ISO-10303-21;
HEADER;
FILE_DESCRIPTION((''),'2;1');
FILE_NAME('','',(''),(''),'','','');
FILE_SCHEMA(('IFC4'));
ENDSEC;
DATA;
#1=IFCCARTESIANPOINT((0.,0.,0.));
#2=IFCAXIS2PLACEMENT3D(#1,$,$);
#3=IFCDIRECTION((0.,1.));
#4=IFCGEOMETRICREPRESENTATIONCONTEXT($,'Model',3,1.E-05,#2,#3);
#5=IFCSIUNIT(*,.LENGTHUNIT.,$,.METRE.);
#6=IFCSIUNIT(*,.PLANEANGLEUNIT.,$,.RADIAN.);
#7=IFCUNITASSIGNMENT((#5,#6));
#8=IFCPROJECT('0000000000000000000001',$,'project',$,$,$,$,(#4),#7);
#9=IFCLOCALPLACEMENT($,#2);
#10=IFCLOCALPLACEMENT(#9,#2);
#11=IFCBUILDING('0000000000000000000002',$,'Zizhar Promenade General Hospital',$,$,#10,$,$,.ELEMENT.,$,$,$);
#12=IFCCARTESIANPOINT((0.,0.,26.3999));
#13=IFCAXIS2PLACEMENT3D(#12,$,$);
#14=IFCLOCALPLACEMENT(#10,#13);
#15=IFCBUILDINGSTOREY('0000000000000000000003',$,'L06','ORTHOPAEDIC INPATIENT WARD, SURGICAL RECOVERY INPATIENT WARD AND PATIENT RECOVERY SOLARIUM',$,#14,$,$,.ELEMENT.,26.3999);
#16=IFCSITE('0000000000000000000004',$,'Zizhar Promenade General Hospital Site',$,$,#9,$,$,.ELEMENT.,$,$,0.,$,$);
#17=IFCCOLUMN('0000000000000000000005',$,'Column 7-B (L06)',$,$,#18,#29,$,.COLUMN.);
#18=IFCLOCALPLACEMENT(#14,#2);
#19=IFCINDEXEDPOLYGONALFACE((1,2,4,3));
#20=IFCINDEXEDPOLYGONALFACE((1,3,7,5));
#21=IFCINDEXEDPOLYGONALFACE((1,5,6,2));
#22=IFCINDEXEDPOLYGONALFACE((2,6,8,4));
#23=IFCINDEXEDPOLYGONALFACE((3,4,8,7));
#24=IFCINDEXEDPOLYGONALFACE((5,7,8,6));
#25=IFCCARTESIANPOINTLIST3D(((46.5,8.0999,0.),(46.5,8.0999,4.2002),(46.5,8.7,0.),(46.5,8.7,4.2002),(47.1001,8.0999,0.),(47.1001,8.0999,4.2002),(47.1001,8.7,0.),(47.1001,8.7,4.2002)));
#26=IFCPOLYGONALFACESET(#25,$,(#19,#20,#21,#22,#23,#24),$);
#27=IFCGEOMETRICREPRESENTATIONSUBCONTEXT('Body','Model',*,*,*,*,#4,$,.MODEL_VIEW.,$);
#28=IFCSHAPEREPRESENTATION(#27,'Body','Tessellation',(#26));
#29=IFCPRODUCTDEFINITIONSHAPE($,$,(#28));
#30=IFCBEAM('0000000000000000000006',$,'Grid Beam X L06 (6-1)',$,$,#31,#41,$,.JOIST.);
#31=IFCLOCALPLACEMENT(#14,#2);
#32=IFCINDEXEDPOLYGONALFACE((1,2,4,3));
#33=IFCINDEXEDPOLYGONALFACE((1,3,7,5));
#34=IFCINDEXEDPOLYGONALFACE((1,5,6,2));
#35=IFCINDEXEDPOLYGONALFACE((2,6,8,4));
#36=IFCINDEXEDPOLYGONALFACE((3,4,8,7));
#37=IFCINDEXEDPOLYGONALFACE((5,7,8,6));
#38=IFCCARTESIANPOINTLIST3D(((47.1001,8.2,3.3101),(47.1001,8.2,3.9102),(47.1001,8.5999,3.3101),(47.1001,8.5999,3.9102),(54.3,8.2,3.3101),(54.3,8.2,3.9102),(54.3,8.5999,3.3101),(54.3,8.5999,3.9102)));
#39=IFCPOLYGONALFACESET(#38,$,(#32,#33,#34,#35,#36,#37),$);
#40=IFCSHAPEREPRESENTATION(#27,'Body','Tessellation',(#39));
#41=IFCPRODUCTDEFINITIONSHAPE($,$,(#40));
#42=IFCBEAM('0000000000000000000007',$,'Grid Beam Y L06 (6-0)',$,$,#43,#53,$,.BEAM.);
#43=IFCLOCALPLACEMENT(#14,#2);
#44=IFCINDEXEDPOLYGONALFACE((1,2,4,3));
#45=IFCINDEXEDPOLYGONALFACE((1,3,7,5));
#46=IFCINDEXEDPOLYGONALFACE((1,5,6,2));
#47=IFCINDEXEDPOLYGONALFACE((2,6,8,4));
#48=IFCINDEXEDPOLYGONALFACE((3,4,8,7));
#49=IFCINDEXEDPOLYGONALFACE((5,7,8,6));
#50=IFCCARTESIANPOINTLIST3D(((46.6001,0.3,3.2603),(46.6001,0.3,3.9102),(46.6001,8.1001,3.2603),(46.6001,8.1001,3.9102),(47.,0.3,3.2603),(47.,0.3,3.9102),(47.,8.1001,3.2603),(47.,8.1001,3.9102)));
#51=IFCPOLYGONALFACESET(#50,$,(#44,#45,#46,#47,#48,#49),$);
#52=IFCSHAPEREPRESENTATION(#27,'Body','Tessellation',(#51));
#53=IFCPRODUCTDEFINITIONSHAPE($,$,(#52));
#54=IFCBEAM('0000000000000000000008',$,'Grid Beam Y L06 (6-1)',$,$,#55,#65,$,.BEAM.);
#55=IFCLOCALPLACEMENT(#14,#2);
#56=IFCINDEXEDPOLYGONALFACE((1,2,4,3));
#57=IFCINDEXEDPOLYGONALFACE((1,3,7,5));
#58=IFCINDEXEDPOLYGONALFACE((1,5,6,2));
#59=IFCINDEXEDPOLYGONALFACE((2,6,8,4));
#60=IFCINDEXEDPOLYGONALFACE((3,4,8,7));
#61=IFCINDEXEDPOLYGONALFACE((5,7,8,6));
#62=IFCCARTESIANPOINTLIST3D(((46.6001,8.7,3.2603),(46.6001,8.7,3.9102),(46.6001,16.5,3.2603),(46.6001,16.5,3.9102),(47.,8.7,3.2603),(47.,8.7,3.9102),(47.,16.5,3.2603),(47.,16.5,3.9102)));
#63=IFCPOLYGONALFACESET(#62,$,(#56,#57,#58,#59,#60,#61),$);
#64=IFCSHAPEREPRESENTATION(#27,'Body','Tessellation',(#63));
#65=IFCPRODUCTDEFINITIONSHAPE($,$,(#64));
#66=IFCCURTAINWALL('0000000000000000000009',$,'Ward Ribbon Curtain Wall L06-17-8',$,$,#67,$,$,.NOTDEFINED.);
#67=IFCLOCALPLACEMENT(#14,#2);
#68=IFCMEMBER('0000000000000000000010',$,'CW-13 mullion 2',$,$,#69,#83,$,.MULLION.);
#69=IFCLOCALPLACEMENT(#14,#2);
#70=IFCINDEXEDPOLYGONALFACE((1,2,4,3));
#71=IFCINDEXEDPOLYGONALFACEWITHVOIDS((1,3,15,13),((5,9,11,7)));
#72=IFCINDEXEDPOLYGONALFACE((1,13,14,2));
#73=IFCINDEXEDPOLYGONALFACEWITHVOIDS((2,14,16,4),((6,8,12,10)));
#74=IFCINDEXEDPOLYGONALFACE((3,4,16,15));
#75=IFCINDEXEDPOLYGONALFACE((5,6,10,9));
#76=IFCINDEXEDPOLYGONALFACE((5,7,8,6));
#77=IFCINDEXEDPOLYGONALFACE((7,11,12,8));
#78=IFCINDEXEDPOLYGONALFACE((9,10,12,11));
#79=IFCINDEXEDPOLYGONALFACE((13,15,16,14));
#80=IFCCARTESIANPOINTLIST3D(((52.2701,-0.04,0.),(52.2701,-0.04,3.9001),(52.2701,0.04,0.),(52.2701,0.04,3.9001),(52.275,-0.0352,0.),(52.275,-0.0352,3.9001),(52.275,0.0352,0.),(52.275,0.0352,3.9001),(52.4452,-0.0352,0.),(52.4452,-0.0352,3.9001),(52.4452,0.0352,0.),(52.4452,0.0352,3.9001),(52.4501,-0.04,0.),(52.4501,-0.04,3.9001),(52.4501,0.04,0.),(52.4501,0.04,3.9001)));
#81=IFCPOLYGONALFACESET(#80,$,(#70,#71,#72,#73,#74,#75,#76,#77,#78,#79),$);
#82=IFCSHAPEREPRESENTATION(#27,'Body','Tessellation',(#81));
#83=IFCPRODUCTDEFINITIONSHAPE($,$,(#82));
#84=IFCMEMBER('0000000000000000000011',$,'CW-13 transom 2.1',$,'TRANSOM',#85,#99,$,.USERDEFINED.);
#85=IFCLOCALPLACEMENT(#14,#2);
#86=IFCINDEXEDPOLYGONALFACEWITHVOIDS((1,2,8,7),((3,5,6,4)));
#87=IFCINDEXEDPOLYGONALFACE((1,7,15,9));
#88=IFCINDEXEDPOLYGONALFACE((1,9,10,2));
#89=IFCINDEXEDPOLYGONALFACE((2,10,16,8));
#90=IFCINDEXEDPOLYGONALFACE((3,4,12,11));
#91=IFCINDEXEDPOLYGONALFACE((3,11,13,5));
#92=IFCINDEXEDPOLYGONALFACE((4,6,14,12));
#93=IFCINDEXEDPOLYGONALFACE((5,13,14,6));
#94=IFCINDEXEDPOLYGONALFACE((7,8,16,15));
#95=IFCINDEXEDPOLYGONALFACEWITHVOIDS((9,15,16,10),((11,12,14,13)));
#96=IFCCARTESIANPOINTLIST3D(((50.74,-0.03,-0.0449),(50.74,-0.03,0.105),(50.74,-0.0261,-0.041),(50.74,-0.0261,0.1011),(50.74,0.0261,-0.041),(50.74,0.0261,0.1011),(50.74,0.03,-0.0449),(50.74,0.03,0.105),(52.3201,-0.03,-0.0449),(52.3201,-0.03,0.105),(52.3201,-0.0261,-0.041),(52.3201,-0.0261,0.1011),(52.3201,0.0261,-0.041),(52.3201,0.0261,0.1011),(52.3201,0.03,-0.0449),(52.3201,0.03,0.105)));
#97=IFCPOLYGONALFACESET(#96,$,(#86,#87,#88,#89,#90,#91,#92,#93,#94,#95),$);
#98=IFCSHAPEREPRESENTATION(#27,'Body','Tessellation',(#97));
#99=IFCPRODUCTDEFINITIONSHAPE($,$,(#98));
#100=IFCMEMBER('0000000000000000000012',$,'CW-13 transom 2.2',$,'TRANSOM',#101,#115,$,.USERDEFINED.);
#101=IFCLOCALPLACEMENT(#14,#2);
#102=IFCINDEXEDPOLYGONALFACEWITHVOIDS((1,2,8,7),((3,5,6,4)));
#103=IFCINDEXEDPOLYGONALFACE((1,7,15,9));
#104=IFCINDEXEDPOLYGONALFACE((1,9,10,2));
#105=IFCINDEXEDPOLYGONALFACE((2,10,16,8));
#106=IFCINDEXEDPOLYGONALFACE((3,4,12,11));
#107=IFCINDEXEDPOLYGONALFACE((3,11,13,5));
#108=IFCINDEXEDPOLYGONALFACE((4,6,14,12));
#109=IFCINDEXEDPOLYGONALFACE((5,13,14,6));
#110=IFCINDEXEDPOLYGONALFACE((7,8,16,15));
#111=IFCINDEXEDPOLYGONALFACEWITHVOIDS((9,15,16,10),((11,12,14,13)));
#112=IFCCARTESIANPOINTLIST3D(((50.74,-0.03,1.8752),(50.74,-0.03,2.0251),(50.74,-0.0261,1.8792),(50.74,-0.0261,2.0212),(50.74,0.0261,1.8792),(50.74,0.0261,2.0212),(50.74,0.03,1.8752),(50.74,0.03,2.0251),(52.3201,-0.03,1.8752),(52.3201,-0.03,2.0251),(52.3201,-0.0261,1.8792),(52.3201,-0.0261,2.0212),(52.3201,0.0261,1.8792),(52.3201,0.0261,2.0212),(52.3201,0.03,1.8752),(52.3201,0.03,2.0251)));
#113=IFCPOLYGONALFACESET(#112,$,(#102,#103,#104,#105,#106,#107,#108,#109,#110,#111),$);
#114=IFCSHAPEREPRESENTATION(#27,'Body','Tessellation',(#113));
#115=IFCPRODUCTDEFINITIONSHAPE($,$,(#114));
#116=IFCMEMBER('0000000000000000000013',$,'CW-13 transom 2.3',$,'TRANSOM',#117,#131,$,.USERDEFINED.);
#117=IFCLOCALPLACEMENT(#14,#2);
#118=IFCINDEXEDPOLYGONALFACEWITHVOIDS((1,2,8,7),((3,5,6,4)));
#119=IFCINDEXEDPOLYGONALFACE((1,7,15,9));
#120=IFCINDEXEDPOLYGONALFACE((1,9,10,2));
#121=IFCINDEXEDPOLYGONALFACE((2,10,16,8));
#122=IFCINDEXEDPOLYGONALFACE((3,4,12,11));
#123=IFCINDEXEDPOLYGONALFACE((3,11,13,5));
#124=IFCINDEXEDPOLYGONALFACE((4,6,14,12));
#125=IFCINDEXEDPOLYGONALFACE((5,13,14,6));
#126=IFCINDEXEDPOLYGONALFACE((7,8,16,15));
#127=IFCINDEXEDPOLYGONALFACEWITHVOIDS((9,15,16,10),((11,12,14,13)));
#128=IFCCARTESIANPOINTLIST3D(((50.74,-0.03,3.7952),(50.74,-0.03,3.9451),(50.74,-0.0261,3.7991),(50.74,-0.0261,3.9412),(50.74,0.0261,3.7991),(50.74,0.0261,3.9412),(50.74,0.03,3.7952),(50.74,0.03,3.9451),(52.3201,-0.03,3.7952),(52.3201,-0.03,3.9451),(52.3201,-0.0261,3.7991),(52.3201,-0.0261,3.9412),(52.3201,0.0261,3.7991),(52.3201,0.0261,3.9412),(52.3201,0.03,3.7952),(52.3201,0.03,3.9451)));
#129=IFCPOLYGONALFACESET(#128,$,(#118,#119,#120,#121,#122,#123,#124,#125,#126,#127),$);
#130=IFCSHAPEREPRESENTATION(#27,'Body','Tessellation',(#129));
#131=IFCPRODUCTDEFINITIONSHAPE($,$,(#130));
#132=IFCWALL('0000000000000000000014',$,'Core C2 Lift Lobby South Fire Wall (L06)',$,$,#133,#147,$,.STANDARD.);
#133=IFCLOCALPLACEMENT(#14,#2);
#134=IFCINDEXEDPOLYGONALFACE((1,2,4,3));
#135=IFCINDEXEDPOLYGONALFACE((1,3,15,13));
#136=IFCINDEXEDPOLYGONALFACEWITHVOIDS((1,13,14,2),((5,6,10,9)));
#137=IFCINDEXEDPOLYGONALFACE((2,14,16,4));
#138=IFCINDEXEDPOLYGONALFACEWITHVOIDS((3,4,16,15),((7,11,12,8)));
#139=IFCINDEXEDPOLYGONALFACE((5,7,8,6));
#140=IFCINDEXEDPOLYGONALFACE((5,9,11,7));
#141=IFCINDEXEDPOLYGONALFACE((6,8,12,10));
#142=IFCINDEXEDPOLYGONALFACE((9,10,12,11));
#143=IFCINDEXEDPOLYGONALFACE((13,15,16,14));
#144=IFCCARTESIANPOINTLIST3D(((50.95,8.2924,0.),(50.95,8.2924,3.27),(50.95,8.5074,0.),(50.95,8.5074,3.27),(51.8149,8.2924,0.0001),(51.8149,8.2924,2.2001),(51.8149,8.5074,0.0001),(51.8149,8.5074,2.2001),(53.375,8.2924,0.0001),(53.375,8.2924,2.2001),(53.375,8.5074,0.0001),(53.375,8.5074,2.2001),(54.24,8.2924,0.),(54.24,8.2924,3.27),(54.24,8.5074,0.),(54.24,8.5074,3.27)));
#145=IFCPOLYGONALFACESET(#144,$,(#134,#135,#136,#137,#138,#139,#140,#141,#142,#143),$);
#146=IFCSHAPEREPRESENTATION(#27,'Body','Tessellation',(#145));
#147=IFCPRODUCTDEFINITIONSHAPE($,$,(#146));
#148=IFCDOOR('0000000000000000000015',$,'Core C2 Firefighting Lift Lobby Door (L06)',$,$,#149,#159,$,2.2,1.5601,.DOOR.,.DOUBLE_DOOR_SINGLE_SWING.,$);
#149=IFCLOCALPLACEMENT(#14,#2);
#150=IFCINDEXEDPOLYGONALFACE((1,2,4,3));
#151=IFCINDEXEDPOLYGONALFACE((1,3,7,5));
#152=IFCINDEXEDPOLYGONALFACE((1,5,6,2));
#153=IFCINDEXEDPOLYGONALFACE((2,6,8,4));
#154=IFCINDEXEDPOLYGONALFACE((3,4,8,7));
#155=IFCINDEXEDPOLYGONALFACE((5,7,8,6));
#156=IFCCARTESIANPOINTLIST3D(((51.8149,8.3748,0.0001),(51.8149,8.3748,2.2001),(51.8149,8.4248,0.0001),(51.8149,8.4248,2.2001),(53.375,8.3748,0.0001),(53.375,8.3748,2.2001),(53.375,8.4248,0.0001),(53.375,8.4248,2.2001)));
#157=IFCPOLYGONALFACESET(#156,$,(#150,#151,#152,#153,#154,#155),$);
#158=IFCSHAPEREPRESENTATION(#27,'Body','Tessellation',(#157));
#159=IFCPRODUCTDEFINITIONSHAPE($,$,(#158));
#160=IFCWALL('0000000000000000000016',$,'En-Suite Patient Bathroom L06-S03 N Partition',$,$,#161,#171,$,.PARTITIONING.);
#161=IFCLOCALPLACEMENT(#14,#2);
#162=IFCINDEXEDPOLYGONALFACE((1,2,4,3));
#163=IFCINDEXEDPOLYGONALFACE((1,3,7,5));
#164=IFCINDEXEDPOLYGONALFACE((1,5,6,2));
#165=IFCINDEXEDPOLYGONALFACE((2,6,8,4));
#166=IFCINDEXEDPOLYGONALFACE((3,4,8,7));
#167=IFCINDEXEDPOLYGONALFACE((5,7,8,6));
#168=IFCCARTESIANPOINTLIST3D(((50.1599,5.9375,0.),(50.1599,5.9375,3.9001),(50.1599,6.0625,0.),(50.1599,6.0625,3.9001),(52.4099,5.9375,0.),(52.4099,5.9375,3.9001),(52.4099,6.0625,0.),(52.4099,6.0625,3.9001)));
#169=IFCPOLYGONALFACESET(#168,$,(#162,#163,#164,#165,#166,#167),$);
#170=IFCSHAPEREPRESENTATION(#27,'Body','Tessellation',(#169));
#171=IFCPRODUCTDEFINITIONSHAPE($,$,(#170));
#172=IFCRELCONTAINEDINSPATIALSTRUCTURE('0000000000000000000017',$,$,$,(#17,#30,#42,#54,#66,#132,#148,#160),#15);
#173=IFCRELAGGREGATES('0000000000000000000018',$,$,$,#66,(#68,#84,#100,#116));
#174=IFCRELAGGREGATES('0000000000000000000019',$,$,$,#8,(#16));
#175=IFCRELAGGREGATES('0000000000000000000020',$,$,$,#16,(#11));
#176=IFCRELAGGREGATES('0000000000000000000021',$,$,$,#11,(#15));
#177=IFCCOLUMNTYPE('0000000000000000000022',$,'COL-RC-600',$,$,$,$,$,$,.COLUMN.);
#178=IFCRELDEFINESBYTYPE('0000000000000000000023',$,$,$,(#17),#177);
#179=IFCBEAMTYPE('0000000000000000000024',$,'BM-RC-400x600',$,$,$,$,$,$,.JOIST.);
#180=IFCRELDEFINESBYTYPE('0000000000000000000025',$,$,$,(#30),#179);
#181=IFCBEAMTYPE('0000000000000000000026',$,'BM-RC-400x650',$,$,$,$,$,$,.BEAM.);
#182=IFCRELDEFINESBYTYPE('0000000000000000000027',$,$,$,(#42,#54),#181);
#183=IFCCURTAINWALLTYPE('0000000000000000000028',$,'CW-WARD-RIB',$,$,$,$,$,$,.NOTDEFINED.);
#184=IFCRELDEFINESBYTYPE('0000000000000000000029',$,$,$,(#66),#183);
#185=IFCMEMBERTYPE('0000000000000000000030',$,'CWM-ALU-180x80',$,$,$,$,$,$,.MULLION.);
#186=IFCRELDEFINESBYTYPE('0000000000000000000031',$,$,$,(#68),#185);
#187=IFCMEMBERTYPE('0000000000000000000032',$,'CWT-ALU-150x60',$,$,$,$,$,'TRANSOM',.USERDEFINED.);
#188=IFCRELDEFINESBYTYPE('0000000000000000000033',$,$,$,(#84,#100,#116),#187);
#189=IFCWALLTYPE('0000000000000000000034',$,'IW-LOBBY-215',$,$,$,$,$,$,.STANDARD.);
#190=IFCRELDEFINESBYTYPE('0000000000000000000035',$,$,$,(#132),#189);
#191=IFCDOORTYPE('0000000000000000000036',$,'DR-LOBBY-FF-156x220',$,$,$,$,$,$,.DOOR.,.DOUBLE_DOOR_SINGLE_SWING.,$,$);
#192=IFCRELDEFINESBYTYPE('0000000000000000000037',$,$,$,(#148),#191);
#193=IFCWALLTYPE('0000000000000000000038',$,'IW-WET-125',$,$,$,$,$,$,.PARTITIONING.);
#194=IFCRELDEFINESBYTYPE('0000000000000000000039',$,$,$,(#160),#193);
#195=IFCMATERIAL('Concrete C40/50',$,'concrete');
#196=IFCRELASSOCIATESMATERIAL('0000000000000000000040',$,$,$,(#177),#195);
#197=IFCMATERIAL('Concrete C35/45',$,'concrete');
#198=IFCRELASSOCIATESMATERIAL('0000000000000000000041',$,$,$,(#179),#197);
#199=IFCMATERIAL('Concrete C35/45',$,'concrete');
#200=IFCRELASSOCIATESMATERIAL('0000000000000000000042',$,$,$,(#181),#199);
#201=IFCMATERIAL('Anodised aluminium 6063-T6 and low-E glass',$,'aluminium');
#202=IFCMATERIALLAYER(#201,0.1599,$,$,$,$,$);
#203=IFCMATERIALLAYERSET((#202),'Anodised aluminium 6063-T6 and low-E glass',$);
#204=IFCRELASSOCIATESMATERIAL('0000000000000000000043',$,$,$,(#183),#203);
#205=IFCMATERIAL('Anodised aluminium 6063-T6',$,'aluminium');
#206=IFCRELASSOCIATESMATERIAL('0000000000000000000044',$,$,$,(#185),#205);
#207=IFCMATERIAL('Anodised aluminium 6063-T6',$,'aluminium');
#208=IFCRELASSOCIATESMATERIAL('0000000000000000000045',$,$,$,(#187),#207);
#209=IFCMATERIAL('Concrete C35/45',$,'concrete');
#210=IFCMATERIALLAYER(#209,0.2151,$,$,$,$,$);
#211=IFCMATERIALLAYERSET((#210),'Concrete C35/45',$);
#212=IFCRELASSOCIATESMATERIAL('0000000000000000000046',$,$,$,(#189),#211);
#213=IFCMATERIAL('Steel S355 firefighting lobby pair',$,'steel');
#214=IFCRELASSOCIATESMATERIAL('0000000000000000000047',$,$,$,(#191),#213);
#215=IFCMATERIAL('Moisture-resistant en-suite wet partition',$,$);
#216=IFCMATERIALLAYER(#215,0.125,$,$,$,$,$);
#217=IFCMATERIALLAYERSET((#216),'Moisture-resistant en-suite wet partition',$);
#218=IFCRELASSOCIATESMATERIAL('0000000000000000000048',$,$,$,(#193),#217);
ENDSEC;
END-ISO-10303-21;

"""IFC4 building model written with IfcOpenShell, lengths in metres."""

from ifc_helpers import new_model, si_unit, direction, frame, frame_2d, origin, origin_2d, place, context, subcontext, project, spatial, rectangle, hollow_rectangle, extrude, material, layer, layer_set, material_profile, profile_set, type_object, element, fill, aggregate, save


model = new_model("IFC4")

# Units and contexts
model_context = context("Model", 3, precision=1e-05, world=origin(), true_north=direction((0.0, 1.0)))
body_context = subcontext(model_context, "Body", "Model", "MODEL_VIEW")
ifc_project = project(units=[si_unit("LENGTHUNIT", "METRE"), si_unit("PLANEANGLEUNIT", "RADIAN")], contexts=[model_context])

# Site, building, storey
site_placement = place(None, origin())
site = spatial("IfcSite", under=ifc_project, at=site_placement, Name="Zizhar Promenade General Hospital Site", CompositionType="ELEMENT", RefElevation=0.0)
building_placement = place(site_placement, origin())
building = spatial("IfcBuilding", under=site, at=building_placement, Name="Zizhar Promenade General Hospital", CompositionType="ELEMENT")
storey_placement = place(building_placement, frame((0.0, 0.0, 26.3999)))
storey = spatial("IfcBuildingStorey", under=building, at=storey_placement, Name="L06", Description="ORTHOPAEDIC INPATIENT WARD, SURGICAL RECOVERY INPATIENT WARD AND PATIENT RECOVERY SOLARIUM", CompositionType="ELEMENT", Elevation=26.3999)

# Column
ifc_material_1 = material(Name="Concrete C40/50", Category="concrete")
ifc_material_profile_1 = material_profile(ifc_material_1, rectangle(XDim=0.6001, YDim=0.6001, at=origin_2d()))
ifc_profile_set_1 = profile_set([ifc_material_profile_1], Name="Concrete C40/50")
column_type = type_object("IfcColumnType", Name="COL-RC-600", PredefinedType="COLUMN", material=ifc_profile_set_1)
column_placement = place(storey_placement, frame((46.8, 8.3999, 0.0), z_axis=(0.0, 0.0, 1.0), x_axis=(1.0, 0.0, 0.0)))
element("IfcColumn", 1, at=column_placement, inside=storey, type_object=column_type, Name="Column 7-B (L06)", PredefinedType="COLUMN", context=body_context, shape_type="SweptSolid", body=[
    extrude(rectangle(XDim=0.6001, YDim=0.6001, at=origin_2d()), origin(), (0.0, 0.0, 1.0), 4.2002),
])

# Beams
ifc_material_2 = material(Name="Concrete C35/45", Category="concrete")
ifc_material_profile_2 = material_profile(ifc_material_2, rectangle(XDim=0.3999, YDim=0.6001, at=origin_2d()))
ifc_profile_set_2 = profile_set([ifc_material_profile_2], Name="Concrete C35/45")
beam_type_1 = type_object("IfcBeamType", Name="BM-RC-400x600", PredefinedType="JOIST", material=ifc_profile_set_2)
beam_placement = place(storey_placement, frame((47.1001, 8.3999, 3.6101), z_axis=(1.0, 0.0, 0.0), x_axis=(0.0, 1.0, 0.0)))
element("IfcBeam", 2, at=beam_placement, inside=storey, type_object=beam_type_1, Name="Grid Beam X L06 (6-1)", PredefinedType="JOIST", context=body_context, shape_type="SweptSolid", body=[
    extrude(rectangle(XDim=0.3999, YDim=0.6001, at=origin_2d()), origin(), (0.0, 0.0, 1.0), 7.2),
])
ifc_material_3 = material(Name="Concrete C35/45", Category="concrete")
ifc_material_profile_3 = material_profile(ifc_material_3, rectangle(XDim=0.3999, YDim=0.6499, at=origin_2d()))
ifc_profile_set_3 = profile_set([ifc_material_profile_3], Name="Concrete C35/45")
beam_type_2 = type_object("IfcBeamType", Name="BM-RC-400x650", PredefinedType="BEAM", material=ifc_profile_set_3)
for number, where, z_axis, x_axis, name in (
    (3, (46.8, 0.3, 3.5852), (0.0, 1.0, 0.0), (-1.0, 0.0, 0.0), "Grid Beam Y L06 (6-0)"),
    (4, (46.8, 8.7, 3.5852), (0.0, 1.0, 0.0), (-1.0, 0.0, 0.0), "Grid Beam Y L06 (6-1)"),
):
    element("IfcBeam", number, at=place(storey_placement, frame(where, z_axis=z_axis, x_axis=x_axis)), inside=storey, type_object=beam_type_2, Name=name, PredefinedType="BEAM", context=body_context, shape_type="SweptSolid", body=[
        extrude(rectangle(XDim=0.3999, YDim=0.6499, at=origin_2d()), origin(), (0.0, 0.0, 1.0), 7.8),
    ])

# Curtain wall, members
ifc_material_4 = material(Name="Anodised aluminium 6063-T6 and low-E glass", Category="aluminium")
ifc_layer_1 = layer(ifc_material_4, 0.1599)
ifc_layer_set_1 = layer_set([ifc_layer_1], Name="Anodised aluminium 6063-T6 and low-E glass")
curtain_wall_type = type_object("IfcCurtainWallType", Name="CW-WARD-RIB", PredefinedType="NOTDEFINED", material=ifc_layer_set_1)
curtain_wall_placement = place(storey_placement, origin())
curtain_wall = element("IfcCurtainWall", 5, at=curtain_wall_placement, inside=storey, type_object=curtain_wall_type, Name="Ward Ribbon Curtain Wall L06-17-8", PredefinedType="NOTDEFINED")
ifc_material_5 = material(Name="Anodised aluminium 6063-T6", Category="aluminium")
ifc_material_profile_4 = material_profile(ifc_material_5, hollow_rectangle(XDim=0.0801, YDim=0.1799, WallThickness=0.0049, at=origin_2d()))
ifc_profile_set_4 = profile_set([ifc_material_profile_4], Name="Anodised aluminium 6063-T6")
member_type_1 = type_object("IfcMemberType", Name="CWM-ALU-180x80", PredefinedType="MULLION", material=ifc_profile_set_4)
member_1_placement = place(storey_placement, frame((52.3601, 0.0, 0.0), z_axis=(0.0, 0.0, 1.0), x_axis=(0.0, -1.0, 0.0)))
member_1 = element("IfcMember", 6, at=member_1_placement, type_object=member_type_1, Name="CW-13 mullion 2", PredefinedType="MULLION", context=body_context, shape_type="SweptSolid", body=[
    extrude(hollow_rectangle(XDim=0.0801, YDim=0.1799, WallThickness=0.0049, at=origin_2d()), origin(), (0.0, 0.0, 1.0), 3.9001),
])
ifc_material_6 = material(Name="Anodised aluminium 6063-T6", Category="aluminium")
ifc_material_profile_5 = material_profile(ifc_material_6, hollow_rectangle(XDim=0.0601, YDim=0.1499, WallThickness=0.0039, at=origin_2d()))
ifc_profile_set_5 = profile_set([ifc_material_profile_5], Name="Anodised aluminium 6063-T6")
member_type_2 = type_object("IfcMemberType", Name="CWT-ALU-150x60", ElementType="TRANSOM", PredefinedType="USERDEFINED", material=ifc_profile_set_5)
member_2_placement = place(storey_placement, frame((52.3201, 0.0, 0.03), z_axis=(-1.0, 0.0, 0.0), x_axis=(0.0, -1.0, 0.0)))
member_2 = element("IfcMember", 7, at=member_2_placement, type_object=member_type_2, Name="CW-13 transom 2.1", ObjectType="TRANSOM", PredefinedType="USERDEFINED", context=body_context, shape_type="SweptSolid", body=[
    extrude(hollow_rectangle(XDim=0.0601, YDim=0.1499, WallThickness=0.0039, at=origin_2d()), origin(), (0.0, 0.0, 1.0), 1.5801),
])
member_3_placement = place(storey_placement, frame((52.3201, 0.0, 1.9502), z_axis=(-1.0, 0.0, 0.0), x_axis=(0.0, -1.0, 0.0)))
member_3 = element("IfcMember", 8, at=member_3_placement, type_object=member_type_2, Name="CW-13 transom 2.2", ObjectType="TRANSOM", PredefinedType="USERDEFINED", context=body_context, shape_type="SweptSolid", body=[
    extrude(hollow_rectangle(XDim=0.0601, YDim=0.1499, WallThickness=0.0039, at=origin_2d()), origin(), (0.0, 0.0, 1.0), 1.5801),
])
member_4_placement = place(storey_placement, frame((52.3201, 0.0, 3.8701), z_axis=(-1.0, 0.0, 0.0), x_axis=(0.0, -1.0, 0.0)))
member_4 = element("IfcMember", 9, at=member_4_placement, type_object=member_type_2, Name="CW-13 transom 2.3", ObjectType="TRANSOM", PredefinedType="USERDEFINED", context=body_context, shape_type="SweptSolid", body=[
    extrude(hollow_rectangle(XDim=0.0601, YDim=0.1499, WallThickness=0.0039, at=origin_2d()), origin(), (0.0, 0.0, 1.0), 1.5801),
])
aggregate(curtain_wall, [member_1, member_2, member_3, member_4])

# Wall, opening, door
ifc_material_7 = material(Name="Concrete C35/45", Category="concrete")
ifc_layer_2 = layer(ifc_material_7, 0.2151)
ifc_layer_set_2 = layer_set([ifc_layer_2], Name="Concrete C35/45")
wall_type_1 = type_object("IfcWallType", Name="IW-LOBBY-215", PredefinedType="STANDARD", material=ifc_layer_set_2)
wall_1_placement = place(storey_placement, frame((50.95, 8.3999, 0.0), z_axis=(0.0, 0.0, 1.0), x_axis=(1.0, 0.0, 0.0)))
wall_1 = element("IfcWall", 10, at=wall_1_placement, inside=storey, type_object=wall_type_1, Name="Core C2 Lift Lobby South Fire Wall (L06)", PredefinedType="STANDARD", context=body_context, shape_type="SweptSolid", body=[
    extrude(rectangle(XDim=3.29, YDim=0.2151, at=frame_2d((1.645, 0.0))), origin(), (0.0, 0.0, 1.0), 3.27),
])
opening_1_placement = place(wall_1_placement, frame((0.865, 0.0, 0.0)))
opening_1 = element("IfcOpeningElement", 11, at=opening_1_placement, cuts=wall_1, PredefinedType="OPENING", context=body_context, shape_type="SweptSolid", body=[
    extrude(rectangle(XDim=1.5601, YDim=2.2, at=frame_2d((0.78, 1.1001))), frame((0.0, 0.1177, 0.0), z_axis=(0.0, -1.0, 0.0), x_axis=(1.0, 0.0, 0.0)), (0.0, 0.0, 1.0), 0.2351),
])
ifc_material_8 = material(Name="Steel S355 firefighting lobby pair", Category="steel")
door_type_1 = type_object("IfcDoorType", Name="DR-LOBBY-FF-156x220", OperationType="DOUBLE_DOOR_SINGLE_SWING", PredefinedType="DOOR", material=ifc_material_8)
door_1_placement = place(opening_1_placement, origin())
door_1 = element("IfcDoor", 12, at=door_1_placement, inside=storey, type_object=door_type_1, Name="Core C2 Firefighting Lift Lobby Door (L06)", OperationType="DOUBLE_DOOR_SINGLE_SWING", OverallHeight=2.2, OverallWidth=1.5601, PredefinedType="DOOR", context=body_context, shape_type="SweptSolid", body=[
    extrude(rectangle(XDim=1.5601, YDim=2.2, at=frame_2d((0.78, 1.1001))), frame((0.0, 0.0249, 0.0), z_axis=(0.0, -1.0, 0.0), x_axis=(1.0, 0.0, 0.0)), (0.0, 0.0, 1.0), 0.05),
])
fill(opening_1, door_1)

# Wall
ifc_material_9 = material(Name="Moisture-resistant en-suite wet partition")
ifc_layer_3 = layer(ifc_material_9, 0.125)
ifc_layer_set_3 = layer_set([ifc_layer_3], Name="Moisture-resistant en-suite wet partition")
wall_type_2 = type_object("IfcWallType", Name="IW-WET-125", PredefinedType="PARTITIONING", material=ifc_layer_set_3)
wall_2_placement = place(storey_placement, frame((50.1599, 6.0, 0.0), z_axis=(0.0, 0.0, 1.0), x_axis=(1.0, 0.0, 0.0)))
element("IfcWall", 13, at=wall_2_placement, inside=storey, type_object=wall_type_2, Name="En-Suite Patient Bathroom L06-S03 N Partition", PredefinedType="PARTITIONING", context=body_context, shape_type="SweptSolid", body=[
    extrude(rectangle(XDim=2.25, YDim=0.125, at=frame_2d((1.125, 0.0))), origin(), (0.0, 0.0, 1.0), 3.9001),
])

save(model, "model.ifc")
